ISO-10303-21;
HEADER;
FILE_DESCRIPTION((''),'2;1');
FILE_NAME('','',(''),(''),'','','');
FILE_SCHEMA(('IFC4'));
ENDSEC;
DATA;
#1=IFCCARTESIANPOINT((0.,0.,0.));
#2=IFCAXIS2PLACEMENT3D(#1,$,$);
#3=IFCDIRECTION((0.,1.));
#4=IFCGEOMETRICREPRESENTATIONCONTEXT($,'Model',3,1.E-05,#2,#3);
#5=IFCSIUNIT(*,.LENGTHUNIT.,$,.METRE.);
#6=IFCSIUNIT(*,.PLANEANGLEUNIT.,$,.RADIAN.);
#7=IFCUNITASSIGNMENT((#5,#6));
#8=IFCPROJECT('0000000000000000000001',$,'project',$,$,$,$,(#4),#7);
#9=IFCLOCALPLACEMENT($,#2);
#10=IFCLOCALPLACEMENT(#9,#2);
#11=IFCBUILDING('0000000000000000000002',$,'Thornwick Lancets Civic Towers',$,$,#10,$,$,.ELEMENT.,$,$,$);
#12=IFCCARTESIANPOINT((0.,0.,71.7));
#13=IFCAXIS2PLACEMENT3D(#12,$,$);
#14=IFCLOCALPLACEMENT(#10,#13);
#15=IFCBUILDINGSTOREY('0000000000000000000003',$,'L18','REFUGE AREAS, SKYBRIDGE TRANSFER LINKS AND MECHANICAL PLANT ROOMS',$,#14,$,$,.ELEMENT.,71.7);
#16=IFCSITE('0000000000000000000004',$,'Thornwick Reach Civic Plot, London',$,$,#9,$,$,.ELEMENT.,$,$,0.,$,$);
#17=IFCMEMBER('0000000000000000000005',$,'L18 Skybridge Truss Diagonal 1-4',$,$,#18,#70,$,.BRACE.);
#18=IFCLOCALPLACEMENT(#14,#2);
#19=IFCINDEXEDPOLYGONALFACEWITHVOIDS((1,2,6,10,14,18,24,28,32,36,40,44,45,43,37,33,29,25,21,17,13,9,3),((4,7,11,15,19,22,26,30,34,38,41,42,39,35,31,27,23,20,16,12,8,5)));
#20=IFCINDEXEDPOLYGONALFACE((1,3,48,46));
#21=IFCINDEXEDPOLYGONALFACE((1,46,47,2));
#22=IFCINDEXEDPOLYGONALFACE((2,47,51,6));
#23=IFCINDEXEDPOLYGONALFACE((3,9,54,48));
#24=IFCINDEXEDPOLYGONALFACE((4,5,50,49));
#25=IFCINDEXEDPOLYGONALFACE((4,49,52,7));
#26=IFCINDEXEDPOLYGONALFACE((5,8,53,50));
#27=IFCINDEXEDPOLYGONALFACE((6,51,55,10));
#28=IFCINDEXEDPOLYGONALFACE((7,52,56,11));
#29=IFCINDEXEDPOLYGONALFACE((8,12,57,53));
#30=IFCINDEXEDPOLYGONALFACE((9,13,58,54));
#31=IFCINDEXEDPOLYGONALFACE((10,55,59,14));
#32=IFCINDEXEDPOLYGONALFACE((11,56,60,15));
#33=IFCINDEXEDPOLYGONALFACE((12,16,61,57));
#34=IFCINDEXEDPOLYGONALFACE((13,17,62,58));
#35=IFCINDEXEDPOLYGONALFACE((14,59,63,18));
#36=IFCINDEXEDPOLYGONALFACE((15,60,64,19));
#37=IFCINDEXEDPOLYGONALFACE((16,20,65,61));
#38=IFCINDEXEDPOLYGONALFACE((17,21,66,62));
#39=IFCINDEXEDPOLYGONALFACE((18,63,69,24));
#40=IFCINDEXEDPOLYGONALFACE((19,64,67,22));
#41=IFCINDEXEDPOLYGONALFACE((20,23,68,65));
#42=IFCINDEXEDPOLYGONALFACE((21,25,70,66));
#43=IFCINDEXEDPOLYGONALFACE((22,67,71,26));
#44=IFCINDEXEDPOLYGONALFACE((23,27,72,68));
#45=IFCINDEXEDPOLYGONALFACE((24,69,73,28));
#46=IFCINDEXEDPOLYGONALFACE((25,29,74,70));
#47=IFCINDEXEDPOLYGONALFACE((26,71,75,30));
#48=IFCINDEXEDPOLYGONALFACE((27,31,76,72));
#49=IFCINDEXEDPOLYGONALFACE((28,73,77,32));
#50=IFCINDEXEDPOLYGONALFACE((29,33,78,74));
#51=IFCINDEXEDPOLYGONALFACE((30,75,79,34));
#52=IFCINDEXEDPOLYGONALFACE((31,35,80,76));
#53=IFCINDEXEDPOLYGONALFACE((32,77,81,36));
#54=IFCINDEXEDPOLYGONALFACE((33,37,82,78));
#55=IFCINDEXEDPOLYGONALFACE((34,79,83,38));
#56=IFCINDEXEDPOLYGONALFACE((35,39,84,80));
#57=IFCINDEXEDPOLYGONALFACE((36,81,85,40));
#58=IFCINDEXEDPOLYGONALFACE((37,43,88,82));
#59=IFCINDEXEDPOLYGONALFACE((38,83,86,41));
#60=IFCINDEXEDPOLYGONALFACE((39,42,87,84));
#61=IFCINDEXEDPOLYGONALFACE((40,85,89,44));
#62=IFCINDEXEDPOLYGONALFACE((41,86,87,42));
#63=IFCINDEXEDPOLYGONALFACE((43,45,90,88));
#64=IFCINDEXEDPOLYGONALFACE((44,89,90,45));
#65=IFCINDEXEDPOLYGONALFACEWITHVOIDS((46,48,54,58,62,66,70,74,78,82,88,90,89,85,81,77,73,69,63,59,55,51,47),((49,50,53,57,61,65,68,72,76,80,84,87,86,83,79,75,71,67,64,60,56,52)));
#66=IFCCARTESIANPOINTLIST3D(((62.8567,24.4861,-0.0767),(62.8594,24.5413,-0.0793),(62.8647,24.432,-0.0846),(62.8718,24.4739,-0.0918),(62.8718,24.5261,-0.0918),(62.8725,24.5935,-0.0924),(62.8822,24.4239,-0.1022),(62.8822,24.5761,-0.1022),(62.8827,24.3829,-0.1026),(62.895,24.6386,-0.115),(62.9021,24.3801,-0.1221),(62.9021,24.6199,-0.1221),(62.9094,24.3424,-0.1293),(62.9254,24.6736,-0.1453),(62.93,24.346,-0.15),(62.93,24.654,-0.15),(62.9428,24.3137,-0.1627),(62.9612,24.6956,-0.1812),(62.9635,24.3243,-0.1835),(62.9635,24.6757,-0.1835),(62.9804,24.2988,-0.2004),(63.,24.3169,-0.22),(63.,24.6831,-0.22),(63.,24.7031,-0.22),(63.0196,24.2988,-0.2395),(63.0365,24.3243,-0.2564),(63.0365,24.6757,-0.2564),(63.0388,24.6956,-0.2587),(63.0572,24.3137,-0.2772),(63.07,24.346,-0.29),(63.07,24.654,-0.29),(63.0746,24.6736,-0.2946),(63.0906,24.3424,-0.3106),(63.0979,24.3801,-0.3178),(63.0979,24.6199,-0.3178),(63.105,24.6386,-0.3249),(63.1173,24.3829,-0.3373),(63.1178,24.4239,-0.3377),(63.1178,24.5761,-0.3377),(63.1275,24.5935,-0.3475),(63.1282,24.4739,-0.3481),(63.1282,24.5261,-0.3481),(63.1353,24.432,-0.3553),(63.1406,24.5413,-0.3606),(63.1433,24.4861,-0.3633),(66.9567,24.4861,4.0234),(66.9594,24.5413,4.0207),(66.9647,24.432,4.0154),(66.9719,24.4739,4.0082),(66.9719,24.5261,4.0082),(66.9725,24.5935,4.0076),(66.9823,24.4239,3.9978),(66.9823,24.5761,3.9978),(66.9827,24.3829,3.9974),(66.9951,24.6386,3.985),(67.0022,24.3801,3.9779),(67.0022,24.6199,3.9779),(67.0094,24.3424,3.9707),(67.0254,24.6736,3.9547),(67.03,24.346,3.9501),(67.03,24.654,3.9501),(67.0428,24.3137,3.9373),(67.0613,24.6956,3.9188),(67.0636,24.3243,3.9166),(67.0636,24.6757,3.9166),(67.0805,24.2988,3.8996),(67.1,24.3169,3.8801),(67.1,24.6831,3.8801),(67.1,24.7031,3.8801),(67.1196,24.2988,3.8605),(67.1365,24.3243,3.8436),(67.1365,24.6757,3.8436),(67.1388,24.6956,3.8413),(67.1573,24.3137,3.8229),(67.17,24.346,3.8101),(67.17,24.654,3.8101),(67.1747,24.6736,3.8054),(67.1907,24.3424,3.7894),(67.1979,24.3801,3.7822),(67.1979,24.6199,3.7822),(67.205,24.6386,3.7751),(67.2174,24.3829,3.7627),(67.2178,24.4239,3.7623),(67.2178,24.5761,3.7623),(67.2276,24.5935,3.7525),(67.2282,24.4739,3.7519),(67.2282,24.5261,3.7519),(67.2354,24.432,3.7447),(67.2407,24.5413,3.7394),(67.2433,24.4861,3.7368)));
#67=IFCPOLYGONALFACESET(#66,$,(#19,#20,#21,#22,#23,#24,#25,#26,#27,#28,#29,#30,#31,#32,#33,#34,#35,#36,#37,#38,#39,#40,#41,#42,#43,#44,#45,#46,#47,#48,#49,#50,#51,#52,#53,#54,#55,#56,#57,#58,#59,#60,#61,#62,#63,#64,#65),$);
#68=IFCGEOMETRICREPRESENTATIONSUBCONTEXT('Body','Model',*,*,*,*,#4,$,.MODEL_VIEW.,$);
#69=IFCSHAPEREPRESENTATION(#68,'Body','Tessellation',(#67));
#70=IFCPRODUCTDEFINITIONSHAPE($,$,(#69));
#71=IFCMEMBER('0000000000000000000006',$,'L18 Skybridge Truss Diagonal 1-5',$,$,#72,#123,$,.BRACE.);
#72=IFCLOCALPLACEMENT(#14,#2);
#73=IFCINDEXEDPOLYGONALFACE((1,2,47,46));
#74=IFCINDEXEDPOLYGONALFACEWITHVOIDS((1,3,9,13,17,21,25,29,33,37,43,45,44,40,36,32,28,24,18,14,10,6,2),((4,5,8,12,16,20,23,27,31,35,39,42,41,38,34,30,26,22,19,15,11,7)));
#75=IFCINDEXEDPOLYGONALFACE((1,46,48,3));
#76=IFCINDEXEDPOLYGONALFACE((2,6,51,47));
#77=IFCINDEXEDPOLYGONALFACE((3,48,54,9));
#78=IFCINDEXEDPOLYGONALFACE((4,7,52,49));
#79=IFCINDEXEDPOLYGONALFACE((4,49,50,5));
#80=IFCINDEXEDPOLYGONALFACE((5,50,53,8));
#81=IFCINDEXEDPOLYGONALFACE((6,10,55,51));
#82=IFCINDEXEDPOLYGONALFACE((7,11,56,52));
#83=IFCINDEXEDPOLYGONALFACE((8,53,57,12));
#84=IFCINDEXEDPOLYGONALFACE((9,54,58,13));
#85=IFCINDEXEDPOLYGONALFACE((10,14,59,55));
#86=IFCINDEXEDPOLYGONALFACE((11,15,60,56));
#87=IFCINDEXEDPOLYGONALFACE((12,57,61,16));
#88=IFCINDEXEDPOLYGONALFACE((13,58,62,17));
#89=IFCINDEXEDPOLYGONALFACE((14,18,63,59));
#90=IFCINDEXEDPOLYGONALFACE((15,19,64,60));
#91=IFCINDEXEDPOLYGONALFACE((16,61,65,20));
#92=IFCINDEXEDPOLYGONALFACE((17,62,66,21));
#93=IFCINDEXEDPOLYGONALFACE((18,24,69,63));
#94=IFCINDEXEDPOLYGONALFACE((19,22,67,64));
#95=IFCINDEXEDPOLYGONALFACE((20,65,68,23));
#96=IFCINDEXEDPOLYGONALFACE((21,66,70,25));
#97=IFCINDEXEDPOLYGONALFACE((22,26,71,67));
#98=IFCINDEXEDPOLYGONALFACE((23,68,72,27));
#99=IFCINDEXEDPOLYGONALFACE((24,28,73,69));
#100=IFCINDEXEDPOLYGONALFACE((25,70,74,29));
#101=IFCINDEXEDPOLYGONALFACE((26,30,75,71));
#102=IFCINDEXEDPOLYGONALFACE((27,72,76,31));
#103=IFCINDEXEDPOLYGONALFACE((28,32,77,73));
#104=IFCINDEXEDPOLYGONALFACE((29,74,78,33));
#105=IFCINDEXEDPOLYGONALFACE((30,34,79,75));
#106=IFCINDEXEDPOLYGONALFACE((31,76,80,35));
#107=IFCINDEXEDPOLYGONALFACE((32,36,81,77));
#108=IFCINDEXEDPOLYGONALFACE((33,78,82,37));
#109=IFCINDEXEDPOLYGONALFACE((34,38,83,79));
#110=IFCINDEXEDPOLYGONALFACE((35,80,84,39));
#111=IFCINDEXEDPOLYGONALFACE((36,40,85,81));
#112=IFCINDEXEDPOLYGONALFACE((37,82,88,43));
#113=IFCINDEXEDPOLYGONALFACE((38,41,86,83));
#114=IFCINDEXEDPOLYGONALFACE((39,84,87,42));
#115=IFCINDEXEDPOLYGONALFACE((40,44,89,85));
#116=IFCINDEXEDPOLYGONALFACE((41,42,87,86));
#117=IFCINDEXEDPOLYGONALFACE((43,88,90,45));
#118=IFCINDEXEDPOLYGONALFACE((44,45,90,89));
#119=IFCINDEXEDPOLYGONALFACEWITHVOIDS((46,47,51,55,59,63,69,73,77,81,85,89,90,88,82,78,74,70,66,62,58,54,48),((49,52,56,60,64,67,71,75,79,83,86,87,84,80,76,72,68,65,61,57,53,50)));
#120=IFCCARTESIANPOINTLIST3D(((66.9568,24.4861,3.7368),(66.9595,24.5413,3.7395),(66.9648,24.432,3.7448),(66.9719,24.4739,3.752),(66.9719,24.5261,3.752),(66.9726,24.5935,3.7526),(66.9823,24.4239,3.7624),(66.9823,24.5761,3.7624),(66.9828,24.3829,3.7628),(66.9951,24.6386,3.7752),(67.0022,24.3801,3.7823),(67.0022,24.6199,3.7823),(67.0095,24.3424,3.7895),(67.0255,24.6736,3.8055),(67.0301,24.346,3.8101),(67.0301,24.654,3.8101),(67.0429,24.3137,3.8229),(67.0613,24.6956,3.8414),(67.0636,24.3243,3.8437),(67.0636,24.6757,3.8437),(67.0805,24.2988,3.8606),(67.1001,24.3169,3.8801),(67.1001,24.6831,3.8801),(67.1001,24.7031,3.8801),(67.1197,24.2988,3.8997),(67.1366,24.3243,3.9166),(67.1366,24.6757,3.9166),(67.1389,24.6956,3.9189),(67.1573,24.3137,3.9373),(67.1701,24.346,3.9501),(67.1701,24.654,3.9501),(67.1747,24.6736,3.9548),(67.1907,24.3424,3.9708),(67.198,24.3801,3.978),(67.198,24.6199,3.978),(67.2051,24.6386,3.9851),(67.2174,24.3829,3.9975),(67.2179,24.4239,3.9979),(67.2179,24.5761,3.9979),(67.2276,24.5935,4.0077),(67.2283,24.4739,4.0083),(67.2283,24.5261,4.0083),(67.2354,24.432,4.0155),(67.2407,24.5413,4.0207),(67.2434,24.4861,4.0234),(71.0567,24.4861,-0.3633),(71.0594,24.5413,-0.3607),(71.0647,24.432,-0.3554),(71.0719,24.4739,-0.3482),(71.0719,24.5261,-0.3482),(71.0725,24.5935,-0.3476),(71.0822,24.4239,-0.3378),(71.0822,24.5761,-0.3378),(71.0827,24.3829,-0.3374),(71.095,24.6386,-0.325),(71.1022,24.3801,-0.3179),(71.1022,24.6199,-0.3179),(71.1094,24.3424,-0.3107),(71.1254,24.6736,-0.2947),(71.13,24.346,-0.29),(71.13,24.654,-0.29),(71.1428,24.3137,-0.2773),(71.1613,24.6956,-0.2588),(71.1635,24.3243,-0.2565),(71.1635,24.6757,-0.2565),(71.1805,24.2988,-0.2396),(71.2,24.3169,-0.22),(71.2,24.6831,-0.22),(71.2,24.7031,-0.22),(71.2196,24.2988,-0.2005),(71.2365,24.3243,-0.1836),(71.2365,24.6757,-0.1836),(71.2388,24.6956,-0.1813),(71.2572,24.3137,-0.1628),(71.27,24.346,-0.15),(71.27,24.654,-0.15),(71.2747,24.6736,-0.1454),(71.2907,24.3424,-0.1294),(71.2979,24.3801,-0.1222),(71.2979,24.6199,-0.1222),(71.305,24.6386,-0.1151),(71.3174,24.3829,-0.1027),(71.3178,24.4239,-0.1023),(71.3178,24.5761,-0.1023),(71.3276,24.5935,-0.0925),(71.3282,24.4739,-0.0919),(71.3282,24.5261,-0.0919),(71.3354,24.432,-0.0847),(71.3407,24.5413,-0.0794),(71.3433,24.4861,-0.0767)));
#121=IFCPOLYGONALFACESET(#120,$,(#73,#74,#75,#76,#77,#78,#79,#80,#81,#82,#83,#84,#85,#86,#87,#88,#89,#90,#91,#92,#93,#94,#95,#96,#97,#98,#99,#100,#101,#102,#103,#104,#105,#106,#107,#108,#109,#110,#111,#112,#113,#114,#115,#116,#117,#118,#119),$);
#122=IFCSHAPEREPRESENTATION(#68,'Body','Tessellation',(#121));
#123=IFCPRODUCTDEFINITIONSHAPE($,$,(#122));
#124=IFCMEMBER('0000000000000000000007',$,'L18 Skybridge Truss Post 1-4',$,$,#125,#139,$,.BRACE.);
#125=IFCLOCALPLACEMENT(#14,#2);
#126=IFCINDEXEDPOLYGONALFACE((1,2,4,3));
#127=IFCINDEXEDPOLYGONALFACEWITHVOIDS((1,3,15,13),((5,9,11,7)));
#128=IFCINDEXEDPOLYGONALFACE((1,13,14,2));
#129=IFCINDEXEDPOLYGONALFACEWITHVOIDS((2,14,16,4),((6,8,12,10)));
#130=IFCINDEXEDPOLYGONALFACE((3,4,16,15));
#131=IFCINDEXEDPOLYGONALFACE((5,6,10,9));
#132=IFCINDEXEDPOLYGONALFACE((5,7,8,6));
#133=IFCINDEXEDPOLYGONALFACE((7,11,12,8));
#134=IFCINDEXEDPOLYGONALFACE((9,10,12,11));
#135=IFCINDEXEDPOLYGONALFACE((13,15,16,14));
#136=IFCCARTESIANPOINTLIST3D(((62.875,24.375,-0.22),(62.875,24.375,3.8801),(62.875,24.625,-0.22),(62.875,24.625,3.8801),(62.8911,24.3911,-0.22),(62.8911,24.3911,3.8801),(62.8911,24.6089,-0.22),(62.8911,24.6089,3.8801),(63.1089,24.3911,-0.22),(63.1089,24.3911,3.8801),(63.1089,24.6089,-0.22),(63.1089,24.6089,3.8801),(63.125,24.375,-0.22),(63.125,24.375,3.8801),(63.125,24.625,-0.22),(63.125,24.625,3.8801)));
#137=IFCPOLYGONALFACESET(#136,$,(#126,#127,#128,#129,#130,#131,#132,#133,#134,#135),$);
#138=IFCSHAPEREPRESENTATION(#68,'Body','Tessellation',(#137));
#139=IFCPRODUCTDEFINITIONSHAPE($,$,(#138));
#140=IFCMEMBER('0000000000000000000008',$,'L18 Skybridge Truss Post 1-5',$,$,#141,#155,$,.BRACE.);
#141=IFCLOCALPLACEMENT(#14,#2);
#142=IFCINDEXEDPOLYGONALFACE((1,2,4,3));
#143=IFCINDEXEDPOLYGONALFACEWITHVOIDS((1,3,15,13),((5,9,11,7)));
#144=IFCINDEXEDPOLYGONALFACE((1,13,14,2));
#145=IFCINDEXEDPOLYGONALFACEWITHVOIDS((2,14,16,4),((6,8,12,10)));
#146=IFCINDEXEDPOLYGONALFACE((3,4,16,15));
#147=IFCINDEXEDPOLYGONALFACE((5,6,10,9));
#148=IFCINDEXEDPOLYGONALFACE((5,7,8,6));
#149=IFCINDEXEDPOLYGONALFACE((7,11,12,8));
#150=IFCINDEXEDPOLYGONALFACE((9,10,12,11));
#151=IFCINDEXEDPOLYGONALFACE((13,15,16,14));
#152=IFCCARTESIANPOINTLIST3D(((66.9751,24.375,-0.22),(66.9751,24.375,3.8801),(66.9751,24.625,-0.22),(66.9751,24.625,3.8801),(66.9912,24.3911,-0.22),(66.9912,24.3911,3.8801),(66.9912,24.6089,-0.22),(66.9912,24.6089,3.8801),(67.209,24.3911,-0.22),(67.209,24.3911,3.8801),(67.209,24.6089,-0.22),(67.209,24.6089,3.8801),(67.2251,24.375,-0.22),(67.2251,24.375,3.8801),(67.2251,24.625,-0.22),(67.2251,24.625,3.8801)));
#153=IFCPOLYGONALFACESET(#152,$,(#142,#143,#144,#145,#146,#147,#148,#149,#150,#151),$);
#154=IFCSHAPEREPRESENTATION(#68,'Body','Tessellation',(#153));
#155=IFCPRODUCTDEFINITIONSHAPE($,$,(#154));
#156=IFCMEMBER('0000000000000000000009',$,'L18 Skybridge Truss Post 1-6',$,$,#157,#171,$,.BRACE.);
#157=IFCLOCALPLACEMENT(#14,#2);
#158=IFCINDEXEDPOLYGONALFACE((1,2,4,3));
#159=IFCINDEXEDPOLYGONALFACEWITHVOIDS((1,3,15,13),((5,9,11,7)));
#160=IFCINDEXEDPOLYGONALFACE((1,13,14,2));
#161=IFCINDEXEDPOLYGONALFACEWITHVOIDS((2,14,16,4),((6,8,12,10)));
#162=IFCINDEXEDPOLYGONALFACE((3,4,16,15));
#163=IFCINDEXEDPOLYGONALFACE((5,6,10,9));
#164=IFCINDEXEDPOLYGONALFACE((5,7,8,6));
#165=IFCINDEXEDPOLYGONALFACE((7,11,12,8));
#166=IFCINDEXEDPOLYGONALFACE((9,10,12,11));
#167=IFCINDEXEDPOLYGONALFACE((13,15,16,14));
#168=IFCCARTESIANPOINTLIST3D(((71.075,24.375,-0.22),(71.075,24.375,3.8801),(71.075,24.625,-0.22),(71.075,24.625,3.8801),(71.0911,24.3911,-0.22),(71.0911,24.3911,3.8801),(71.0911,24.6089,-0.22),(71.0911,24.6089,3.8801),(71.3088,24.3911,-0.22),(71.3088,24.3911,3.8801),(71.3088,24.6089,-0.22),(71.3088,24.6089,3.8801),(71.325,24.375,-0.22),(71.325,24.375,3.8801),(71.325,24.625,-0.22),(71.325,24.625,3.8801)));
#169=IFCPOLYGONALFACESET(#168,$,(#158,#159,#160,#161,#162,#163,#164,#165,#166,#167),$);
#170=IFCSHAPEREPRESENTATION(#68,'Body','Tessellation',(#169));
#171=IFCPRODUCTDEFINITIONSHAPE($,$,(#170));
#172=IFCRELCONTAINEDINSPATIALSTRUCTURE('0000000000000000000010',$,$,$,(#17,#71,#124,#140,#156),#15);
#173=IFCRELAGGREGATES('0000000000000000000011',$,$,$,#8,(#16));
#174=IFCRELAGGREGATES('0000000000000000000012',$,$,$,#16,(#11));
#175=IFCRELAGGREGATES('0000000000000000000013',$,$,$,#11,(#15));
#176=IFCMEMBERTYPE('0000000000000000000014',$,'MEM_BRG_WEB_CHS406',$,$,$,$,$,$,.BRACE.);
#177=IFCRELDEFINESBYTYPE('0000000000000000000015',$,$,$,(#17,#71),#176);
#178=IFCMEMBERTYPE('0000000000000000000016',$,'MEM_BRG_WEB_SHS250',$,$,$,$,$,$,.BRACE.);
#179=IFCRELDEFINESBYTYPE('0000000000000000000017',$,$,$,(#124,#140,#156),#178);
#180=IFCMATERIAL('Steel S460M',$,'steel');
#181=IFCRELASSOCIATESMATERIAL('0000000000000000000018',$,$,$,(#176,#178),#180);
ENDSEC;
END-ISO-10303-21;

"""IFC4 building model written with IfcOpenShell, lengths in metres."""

from ifc_helpers import new_model, si_unit, direction, frame, origin, origin_2d, place, context, subcontext, project, spatial, hollow_rectangle, hollow_circle, extrude, material, material_profile, profile_set, type_object, element, save


model = new_model("IFC4")

# Units and contexts
model_context = context("Model", 3, precision=1e-05, world=origin(), true_north=direction((0.0, 1.0)))
body_context = subcontext(model_context, "Body", "Model", "MODEL_VIEW")
ifc_project = project(units=[si_unit("LENGTHUNIT", "METRE"), si_unit("PLANEANGLEUNIT", "RADIAN")], contexts=[model_context])

# Site, building, storey
site_placement = place(None, origin())
site = spatial("IfcSite", under=ifc_project, at=site_placement, Name="Thornwick Reach Civic Plot, London", CompositionType="ELEMENT", RefElevation=0.0)
building_placement = place(site_placement, origin())
building = spatial("IfcBuilding", under=site, at=building_placement, Name="Thornwick Lancets Civic Towers", CompositionType="ELEMENT")
storey_placement = place(building_placement, frame((0.0, 0.0, 71.7)))
storey = spatial("IfcBuildingStorey", under=building, at=storey_placement, Name="L18", Description="REFUGE AREAS, SKYBRIDGE TRANSFER LINKS AND MECHANICAL PLANT ROOMS", CompositionType="ELEMENT", Elevation=71.7)

# Members
ifc_material_1 = material(Name="Steel S460M", Category="steel")
ifc_material_profile_1 = material_profile(ifc_material_1, hollow_circle(Radius=0.2031, WallThickness=0.02, at=origin_2d()), Name="CHS 406.4x20")
ifc_profile_set_1 = profile_set([ifc_material_profile_1], Name="Steel S460M")
member_type_1 = type_object("IfcMemberType", Name="MEM_BRG_WEB_CHS406", PredefinedType="BRACE", material=ifc_profile_set_1)
for number, where, z_axis, x_axis, name in (
    (1, (63.0, 24.5, -0.22), (0.707107, 0.0, 0.707107), (0.0, 1.0, 0.0), "L18 Skybridge Truss Diagonal 1-4"),
    (2, (67.1001, 24.5, 3.8801), (0.707086, 0.0, -0.707128), (0.0, 1.0, 0.0), "L18 Skybridge Truss Diagonal 1-5"),
):
    element("IfcMember", number, at=place(storey_placement, frame(where, z_axis=z_axis, x_axis=x_axis)), inside=storey, type_object=member_type_1, Name=name, PredefinedType="BRACE", context=body_context, shape_type="SweptSolid", body=[
        extrude(hollow_circle(Radius=0.2031, WallThickness=0.02, at=origin_2d()), origin(), (0.0, 0.0, 1.0), 5.7983),
    ])
ifc_material_profile_2 = material_profile(ifc_material_1, hollow_rectangle(XDim=0.25, YDim=0.25, WallThickness=0.0161, at=origin_2d()), Name="SHS 250x250x16")
ifc_profile_set_2 = profile_set([ifc_material_profile_2], Name="Steel S460M")
member_type_2 = type_object("IfcMemberType", Name="MEM_BRG_WEB_SHS250", PredefinedType="BRACE", material=ifc_profile_set_2)
for number, where, z_axis, x_axis, name in (
    (3, (63.0, 24.5, -0.22), (0.0, 0.0, 1.0), (1.0, 0.0, 0.0), "L18 Skybridge Truss Post 1-4"),
    (4, (67.1001, 24.5, -0.22), (0.0, 0.0, 1.0), (1.0, 0.0, 0.0), "L18 Skybridge Truss Post 1-5"),
    (5, (71.2, 24.5, -0.22), (0.0, 0.0, 1.0), (1.0, 0.0, 0.0), "L18 Skybridge Truss Post 1-6"),
):
    element("IfcMember", number, at=place(storey_placement, frame(where, z_axis=z_axis, x_axis=x_axis)), inside=storey, type_object=member_type_2, Name=name, PredefinedType="BRACE", context=body_context, shape_type="SweptSolid", body=[
        extrude(hollow_rectangle(XDim=0.25, YDim=0.25, WallThickness=0.0161, at=origin_2d()), origin(), (0.0, 0.0, 1.0), 4.1001),
    ])

save(model, "model.ifc")
